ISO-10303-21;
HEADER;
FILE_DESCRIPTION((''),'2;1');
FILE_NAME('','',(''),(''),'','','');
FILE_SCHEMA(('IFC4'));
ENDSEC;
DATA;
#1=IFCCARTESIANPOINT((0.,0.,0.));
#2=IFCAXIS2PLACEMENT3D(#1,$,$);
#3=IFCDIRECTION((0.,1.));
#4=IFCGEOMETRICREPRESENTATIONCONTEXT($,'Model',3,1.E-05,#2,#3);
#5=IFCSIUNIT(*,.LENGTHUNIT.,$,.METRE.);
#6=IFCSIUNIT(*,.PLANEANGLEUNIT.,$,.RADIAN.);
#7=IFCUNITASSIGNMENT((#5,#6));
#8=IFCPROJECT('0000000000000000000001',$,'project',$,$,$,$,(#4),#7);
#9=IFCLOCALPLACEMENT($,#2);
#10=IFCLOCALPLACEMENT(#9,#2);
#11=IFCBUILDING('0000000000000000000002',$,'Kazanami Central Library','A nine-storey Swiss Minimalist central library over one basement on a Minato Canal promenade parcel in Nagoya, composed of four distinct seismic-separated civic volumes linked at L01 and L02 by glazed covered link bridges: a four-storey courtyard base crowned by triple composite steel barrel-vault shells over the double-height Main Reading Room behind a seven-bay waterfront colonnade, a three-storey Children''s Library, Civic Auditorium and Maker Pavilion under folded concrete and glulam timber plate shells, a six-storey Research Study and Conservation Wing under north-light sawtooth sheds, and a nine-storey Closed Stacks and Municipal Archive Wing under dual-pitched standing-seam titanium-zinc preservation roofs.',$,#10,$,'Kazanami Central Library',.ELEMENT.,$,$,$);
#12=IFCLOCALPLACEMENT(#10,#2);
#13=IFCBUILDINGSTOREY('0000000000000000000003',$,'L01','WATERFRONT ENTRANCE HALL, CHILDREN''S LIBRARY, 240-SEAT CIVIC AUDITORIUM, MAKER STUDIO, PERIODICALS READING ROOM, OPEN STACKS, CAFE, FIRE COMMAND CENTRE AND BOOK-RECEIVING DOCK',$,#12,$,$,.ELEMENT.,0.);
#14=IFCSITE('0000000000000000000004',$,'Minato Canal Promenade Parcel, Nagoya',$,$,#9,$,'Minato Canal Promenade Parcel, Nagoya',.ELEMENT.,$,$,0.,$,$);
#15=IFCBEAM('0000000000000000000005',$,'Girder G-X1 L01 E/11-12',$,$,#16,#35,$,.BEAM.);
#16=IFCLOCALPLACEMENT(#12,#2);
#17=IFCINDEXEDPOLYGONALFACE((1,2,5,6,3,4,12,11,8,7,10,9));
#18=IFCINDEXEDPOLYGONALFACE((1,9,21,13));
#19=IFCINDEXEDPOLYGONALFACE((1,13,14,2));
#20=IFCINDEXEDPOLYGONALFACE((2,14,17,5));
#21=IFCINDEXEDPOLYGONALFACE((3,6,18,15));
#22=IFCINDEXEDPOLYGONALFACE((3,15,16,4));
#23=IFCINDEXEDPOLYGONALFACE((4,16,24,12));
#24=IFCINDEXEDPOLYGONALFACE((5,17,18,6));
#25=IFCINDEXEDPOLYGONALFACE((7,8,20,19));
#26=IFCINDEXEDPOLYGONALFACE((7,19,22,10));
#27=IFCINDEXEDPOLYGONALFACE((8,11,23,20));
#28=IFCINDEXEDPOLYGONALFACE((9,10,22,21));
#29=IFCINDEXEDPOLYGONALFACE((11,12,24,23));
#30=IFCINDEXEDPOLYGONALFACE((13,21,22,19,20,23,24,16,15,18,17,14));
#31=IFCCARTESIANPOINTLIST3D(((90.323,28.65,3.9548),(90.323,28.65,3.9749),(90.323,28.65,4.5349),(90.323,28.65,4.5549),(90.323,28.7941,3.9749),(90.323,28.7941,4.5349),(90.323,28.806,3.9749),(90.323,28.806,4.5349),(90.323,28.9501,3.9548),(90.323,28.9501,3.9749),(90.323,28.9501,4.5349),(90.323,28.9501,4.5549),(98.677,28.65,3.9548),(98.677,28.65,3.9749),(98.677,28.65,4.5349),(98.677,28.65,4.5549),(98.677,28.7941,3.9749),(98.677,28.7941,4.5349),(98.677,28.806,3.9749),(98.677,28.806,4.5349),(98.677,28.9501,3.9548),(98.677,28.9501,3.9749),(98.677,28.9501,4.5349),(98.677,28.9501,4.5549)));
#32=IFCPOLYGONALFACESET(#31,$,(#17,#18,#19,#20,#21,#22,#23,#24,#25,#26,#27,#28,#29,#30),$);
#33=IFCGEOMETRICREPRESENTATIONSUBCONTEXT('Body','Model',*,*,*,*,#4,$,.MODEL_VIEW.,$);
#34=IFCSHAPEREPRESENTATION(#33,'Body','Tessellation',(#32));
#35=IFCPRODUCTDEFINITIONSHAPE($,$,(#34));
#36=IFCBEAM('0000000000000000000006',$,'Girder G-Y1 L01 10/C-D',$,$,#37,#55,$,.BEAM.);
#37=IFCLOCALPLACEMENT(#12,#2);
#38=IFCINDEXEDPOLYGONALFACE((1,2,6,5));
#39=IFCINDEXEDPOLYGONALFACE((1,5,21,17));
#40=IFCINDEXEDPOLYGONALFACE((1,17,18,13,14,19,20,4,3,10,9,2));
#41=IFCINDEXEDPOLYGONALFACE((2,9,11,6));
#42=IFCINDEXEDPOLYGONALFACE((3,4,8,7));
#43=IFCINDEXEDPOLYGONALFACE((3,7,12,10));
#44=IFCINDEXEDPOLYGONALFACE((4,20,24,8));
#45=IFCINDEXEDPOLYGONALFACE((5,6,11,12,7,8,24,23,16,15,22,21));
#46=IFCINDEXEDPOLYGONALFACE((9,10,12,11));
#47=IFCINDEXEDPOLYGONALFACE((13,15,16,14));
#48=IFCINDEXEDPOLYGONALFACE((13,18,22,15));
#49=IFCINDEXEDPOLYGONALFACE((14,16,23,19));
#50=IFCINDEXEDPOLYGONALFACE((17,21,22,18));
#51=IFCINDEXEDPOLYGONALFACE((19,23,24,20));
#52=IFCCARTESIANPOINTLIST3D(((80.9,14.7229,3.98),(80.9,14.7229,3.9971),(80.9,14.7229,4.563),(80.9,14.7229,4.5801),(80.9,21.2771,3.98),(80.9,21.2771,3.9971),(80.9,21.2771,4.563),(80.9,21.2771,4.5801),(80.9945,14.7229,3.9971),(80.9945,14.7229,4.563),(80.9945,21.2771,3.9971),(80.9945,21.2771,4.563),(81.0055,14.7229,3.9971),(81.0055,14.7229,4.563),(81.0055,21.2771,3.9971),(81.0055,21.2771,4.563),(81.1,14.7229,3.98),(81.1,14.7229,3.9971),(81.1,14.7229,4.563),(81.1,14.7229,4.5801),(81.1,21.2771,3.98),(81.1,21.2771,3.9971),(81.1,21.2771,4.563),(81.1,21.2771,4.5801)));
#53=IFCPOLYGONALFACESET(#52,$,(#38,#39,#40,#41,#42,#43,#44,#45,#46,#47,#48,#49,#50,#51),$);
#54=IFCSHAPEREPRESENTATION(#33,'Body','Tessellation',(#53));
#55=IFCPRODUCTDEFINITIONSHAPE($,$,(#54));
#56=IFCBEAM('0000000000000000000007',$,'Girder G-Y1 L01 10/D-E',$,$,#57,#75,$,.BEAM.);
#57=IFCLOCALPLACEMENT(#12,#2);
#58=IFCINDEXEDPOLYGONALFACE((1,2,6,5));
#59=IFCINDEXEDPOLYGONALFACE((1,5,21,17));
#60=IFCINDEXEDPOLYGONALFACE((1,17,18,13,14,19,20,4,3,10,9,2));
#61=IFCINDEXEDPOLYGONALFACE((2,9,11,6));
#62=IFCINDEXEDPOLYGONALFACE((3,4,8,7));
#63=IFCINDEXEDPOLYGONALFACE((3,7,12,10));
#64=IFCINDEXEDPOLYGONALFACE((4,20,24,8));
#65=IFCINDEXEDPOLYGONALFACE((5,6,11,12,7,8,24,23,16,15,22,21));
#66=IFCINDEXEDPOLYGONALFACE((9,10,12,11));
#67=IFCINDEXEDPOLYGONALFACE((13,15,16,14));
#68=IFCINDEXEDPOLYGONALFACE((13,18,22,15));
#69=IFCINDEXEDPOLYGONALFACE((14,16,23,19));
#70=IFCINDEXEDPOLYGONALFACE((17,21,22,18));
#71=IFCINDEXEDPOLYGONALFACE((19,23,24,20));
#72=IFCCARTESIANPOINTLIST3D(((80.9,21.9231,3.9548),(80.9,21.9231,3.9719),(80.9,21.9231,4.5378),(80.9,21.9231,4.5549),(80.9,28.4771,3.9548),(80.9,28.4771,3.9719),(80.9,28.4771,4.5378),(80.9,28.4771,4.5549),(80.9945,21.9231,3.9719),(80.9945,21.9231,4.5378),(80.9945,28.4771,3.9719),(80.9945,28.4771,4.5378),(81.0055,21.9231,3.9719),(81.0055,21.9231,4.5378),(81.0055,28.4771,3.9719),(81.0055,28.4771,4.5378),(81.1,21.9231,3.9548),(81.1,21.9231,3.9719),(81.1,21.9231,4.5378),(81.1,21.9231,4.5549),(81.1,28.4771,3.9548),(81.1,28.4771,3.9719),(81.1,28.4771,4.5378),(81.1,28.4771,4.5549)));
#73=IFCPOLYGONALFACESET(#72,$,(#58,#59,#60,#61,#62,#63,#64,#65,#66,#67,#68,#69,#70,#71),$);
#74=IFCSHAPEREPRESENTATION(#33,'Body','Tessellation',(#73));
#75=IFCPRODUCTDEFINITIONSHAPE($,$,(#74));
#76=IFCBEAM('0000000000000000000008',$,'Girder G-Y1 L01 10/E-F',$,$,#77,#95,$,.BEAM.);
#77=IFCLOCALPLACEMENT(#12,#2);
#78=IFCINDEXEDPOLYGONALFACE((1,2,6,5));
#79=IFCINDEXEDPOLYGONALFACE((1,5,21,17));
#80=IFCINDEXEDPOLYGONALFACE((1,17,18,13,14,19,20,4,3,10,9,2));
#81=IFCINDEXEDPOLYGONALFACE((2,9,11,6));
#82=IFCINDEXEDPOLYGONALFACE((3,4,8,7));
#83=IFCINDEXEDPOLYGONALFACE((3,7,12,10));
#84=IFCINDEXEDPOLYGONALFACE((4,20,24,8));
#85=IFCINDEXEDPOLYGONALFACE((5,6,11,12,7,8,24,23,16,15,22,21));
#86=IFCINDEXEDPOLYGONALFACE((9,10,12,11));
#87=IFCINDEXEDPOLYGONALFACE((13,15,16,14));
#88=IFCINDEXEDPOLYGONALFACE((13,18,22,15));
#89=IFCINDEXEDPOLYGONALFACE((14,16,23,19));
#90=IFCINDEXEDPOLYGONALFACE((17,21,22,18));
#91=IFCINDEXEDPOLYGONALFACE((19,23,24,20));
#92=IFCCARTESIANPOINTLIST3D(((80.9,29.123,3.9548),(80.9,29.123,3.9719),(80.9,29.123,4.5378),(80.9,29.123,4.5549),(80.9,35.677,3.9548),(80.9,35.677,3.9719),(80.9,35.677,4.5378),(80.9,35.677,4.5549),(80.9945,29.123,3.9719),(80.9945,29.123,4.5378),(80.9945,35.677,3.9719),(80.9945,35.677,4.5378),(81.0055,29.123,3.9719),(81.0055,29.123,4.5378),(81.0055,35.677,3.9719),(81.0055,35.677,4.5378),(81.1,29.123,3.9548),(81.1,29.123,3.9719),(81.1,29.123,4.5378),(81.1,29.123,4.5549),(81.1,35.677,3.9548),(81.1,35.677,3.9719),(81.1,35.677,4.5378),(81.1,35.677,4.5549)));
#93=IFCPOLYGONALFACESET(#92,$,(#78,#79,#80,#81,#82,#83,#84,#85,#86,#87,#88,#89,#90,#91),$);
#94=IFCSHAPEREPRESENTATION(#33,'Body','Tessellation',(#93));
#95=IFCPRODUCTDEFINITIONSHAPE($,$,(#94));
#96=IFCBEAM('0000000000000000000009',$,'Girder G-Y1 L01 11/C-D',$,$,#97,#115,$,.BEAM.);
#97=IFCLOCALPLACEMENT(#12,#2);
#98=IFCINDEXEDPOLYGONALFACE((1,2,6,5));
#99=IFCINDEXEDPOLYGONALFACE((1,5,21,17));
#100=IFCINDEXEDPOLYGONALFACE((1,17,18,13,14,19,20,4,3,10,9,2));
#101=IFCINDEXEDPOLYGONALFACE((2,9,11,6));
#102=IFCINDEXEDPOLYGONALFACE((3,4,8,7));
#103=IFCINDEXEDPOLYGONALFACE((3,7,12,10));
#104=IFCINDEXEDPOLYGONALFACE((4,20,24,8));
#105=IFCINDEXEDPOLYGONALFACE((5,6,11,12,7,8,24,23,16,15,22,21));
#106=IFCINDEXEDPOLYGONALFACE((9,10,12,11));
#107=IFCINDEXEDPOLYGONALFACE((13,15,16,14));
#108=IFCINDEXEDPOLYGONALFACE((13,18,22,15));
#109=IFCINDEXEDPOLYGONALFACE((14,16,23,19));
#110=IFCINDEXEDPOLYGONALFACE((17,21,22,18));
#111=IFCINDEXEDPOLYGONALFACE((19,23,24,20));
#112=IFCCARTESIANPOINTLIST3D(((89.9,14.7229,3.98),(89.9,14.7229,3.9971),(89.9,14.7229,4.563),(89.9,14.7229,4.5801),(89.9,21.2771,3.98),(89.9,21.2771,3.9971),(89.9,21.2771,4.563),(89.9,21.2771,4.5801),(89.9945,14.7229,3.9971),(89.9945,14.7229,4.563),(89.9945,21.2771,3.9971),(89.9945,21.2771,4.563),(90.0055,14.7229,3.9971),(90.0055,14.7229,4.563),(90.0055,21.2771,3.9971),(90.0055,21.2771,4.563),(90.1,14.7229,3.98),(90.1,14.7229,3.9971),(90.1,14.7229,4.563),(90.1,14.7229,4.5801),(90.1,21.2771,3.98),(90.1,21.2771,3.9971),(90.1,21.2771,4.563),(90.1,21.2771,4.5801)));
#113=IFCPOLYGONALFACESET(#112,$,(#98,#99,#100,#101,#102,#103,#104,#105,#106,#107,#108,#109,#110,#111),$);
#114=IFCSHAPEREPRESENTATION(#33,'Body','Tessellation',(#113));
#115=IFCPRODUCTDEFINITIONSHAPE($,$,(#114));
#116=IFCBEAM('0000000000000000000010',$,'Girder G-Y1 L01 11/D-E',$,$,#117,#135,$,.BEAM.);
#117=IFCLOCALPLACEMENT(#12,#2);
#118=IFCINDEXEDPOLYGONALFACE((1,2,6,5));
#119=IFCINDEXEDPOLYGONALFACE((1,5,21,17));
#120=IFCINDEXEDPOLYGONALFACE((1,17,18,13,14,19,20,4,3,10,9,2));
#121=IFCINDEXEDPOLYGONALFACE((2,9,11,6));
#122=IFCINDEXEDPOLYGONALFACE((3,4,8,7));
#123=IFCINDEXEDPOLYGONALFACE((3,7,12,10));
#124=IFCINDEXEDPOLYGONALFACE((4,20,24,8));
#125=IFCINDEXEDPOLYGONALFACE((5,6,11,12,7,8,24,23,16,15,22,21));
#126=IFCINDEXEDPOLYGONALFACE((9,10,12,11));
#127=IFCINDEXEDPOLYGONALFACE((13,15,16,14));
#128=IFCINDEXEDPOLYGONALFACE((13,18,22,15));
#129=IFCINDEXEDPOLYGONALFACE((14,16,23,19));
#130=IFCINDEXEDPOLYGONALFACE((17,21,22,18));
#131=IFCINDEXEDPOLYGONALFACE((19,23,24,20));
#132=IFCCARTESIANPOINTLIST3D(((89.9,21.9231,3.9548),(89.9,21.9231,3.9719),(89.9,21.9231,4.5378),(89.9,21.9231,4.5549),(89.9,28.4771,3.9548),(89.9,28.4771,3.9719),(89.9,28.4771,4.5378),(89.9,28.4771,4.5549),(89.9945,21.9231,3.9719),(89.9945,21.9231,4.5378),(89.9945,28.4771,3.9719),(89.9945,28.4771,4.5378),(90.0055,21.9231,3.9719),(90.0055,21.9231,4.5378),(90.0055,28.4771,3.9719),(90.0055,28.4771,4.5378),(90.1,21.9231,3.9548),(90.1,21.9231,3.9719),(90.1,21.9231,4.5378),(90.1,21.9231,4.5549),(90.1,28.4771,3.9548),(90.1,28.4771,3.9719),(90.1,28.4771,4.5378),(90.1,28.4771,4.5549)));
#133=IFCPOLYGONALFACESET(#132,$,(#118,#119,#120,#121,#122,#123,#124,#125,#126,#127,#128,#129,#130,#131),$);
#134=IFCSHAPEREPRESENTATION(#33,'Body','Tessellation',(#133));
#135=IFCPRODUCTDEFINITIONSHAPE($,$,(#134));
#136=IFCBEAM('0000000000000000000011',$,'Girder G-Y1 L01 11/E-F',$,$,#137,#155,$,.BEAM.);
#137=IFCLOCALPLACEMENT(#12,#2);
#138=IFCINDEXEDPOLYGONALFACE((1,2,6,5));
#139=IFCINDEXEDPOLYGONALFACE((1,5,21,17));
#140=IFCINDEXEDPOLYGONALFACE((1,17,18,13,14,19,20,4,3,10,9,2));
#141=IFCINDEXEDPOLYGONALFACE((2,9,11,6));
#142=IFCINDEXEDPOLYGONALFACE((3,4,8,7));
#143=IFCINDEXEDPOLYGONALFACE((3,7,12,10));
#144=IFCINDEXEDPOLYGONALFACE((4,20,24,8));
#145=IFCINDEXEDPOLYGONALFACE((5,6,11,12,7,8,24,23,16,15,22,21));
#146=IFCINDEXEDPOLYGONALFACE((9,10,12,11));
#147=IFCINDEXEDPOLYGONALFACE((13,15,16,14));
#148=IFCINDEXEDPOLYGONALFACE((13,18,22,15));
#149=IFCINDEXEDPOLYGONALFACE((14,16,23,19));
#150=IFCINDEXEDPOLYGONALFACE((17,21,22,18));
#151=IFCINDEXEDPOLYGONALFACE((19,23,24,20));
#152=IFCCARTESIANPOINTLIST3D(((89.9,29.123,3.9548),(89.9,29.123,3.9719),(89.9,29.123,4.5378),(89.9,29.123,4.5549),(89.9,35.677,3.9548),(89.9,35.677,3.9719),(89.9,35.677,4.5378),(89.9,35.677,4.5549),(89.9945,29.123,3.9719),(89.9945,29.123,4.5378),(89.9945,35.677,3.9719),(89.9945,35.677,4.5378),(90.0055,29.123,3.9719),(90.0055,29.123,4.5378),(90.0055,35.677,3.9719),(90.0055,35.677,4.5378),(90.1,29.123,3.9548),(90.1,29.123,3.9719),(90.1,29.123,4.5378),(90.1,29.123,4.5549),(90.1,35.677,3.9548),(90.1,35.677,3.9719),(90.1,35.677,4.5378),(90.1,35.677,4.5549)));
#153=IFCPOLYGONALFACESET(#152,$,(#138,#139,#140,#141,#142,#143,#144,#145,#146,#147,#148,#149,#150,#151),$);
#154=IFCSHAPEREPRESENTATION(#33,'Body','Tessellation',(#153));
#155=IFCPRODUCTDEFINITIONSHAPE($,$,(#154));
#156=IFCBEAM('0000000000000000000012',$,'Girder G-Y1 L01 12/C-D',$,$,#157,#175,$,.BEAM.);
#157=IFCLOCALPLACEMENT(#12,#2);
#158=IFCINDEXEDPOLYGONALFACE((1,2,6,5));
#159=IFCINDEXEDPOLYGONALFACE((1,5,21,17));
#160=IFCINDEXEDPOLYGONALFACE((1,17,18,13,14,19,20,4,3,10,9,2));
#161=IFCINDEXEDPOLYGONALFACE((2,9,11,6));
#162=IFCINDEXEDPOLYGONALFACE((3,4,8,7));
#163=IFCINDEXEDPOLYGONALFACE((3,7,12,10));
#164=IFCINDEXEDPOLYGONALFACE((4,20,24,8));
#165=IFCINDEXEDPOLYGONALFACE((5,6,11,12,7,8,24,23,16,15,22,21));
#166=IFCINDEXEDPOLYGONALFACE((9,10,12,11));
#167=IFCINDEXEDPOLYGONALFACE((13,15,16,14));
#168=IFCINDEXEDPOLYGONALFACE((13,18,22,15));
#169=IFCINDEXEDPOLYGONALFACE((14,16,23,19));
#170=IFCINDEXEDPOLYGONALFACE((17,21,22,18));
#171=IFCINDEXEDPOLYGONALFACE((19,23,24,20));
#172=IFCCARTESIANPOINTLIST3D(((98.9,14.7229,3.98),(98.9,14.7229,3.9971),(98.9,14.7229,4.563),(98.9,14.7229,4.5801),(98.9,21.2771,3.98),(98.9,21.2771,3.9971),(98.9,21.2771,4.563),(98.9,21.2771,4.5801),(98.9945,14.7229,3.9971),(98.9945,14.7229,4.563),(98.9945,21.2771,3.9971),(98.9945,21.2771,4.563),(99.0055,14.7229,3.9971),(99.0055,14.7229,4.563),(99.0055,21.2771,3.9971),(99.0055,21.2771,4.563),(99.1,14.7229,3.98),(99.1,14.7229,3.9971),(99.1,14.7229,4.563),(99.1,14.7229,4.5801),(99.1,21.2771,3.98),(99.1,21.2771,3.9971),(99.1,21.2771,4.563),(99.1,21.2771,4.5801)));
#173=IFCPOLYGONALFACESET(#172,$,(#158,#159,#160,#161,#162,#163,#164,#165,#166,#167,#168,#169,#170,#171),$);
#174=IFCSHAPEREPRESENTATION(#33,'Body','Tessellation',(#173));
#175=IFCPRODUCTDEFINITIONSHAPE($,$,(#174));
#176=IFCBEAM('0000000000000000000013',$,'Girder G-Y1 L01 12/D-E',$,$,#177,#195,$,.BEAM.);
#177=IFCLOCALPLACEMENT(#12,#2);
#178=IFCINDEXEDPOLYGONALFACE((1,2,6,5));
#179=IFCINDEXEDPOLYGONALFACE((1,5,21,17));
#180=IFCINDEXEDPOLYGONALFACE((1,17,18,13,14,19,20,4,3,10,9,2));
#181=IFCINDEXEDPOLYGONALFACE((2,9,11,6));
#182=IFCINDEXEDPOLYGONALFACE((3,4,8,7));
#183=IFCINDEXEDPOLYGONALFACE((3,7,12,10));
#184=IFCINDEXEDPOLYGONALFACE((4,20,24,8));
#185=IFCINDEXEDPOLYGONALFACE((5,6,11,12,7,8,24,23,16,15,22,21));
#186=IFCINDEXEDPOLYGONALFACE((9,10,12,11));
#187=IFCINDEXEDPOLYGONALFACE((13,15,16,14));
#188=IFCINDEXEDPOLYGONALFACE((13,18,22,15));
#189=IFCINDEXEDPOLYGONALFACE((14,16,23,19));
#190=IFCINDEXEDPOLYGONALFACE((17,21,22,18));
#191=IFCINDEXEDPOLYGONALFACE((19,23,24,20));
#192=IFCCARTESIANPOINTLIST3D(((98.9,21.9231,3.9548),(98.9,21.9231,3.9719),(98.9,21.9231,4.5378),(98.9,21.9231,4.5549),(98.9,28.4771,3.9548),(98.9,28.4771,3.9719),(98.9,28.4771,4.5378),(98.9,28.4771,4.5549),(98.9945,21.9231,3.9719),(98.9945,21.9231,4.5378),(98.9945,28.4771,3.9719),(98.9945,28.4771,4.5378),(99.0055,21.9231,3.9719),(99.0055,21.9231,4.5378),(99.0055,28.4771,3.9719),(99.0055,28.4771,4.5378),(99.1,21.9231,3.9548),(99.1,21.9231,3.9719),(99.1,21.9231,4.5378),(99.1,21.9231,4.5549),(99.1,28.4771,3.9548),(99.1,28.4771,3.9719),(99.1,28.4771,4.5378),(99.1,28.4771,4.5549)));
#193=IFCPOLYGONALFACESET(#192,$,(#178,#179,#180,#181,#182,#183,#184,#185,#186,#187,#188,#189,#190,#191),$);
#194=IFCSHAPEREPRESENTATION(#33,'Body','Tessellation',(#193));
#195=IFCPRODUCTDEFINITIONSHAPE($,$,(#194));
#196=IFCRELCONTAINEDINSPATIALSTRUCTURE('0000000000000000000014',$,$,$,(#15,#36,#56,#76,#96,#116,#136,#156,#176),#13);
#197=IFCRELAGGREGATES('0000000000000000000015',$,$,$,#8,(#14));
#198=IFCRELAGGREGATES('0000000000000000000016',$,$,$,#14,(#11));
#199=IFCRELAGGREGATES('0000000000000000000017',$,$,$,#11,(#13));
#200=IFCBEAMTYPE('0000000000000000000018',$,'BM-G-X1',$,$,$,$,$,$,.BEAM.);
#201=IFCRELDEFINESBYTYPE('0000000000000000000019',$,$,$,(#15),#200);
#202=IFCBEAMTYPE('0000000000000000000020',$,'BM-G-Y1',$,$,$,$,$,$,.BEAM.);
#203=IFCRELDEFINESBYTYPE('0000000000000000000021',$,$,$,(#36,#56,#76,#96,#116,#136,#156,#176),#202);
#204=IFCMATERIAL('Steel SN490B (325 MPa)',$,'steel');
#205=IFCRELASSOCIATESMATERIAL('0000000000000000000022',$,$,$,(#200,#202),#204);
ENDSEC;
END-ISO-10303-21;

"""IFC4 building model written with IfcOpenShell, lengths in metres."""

from ifc_helpers import new_model, si_unit, direction, frame, origin, origin_2d, place, context, subcontext, project, spatial, i_section, extrude, material, material_profile, profile_set, type_object, element, save


model = new_model("IFC4")

# Units and contexts
model_context = context("Model", 3, precision=1e-05, world=origin(), true_north=direction((0.0, 1.0)))
body_context = subcontext(model_context, "Body", "Model", "MODEL_VIEW")
ifc_project = project(units=[si_unit("LENGTHUNIT", "METRE"), si_unit("PLANEANGLEUNIT", "RADIAN")], contexts=[model_context])

# Site, building, storey
site_placement = place(None, origin())
site = spatial("IfcSite", under=ifc_project, at=site_placement, Name="Minato Canal Promenade Parcel, Nagoya", LongName="Minato Canal Promenade Parcel, Nagoya", CompositionType="ELEMENT", RefElevation=0.0)
building_placement = place(site_placement, origin())
building = spatial("IfcBuilding", under=site, at=building_placement, Name="Kazanami Central Library", Description="A nine-storey Swiss Minimalist central library over one basement on a Minato Canal promenade parcel in Nagoya, composed of four distinct seismic-separated civic volumes linked at L01 and L02 by glazed covered link bridges: a four-storey courtyard base crowned by triple composite steel barrel-vault shells over the double-height Main Reading Room behind a seven-bay waterfront colonnade, a three-storey Children's Library, Civic Auditorium and Maker Pavilion under folded concrete and glulam timber plate shells, a six-storey Research Study and Conservation Wing under north-light sawtooth sheds, and a nine-storey Closed Stacks and Municipal Archive Wing under dual-pitched standing-seam titanium-zinc preservation roofs.", LongName="Kazanami Central Library", CompositionType="ELEMENT")
storey_placement = place(building_placement, origin())
storey = spatial("IfcBuildingStorey", under=building, at=storey_placement, Name="L01", Description="WATERFRONT ENTRANCE HALL, CHILDREN'S LIBRARY, 240-SEAT CIVIC AUDITORIUM, MAKER STUDIO, PERIODICALS READING ROOM, OPEN STACKS, CAFE, FIRE COMMAND CENTRE AND BOOK-RECEIVING DOCK", CompositionType="ELEMENT", Elevation=0.0)

# Beams
ifc_material_1 = material(Name="Steel SN490B (325 MPa)", Category="steel")
ifc_material_profile_1 = material_profile(ifc_material_1, i_section(OverallWidth=0.3, OverallDepth=0.6001, WebThickness=0.012, FlangeThickness=0.02, at=origin_2d()), Name="H-600x300x12x20")
ifc_profile_set_1 = profile_set([ifc_material_profile_1], Name="Steel SN490B (325 MPa)")
beam_type_1 = type_object("IfcBeamType", Name="BM-G-X1", PredefinedType="BEAM", material=ifc_profile_set_1)
for number, where, z_axis, x_axis, name in (
    (1, (90.323, 28.8, 4.2549), (1.0, 0.0, 0.0), (0.0, 1.0, 0.0), "Girder G-X1 L01 E/11-12"),
):
    element("IfcBeam", number, at=place(storey_placement, frame(where, z_axis=z_axis, x_axis=x_axis)), inside=storey, type_object=beam_type_1, Name=name, PredefinedType="BEAM", context=body_context, shape_type="SweptSolid", body=[
        extrude(i_section(OverallWidth=0.3, OverallDepth=0.6001, WebThickness=0.012, FlangeThickness=0.02, at=origin_2d()), origin(), (0.0, 0.0, 1.0), 8.354),
    ])
ifc_material_profile_2 = material_profile(ifc_material_1, i_section(OverallWidth=0.2, OverallDepth=0.6001, WebThickness=0.011, FlangeThickness=0.0171, at=origin_2d()), Name="H-600x200x11x17")
ifc_profile_set_2 = profile_set([ifc_material_profile_2], Name="Steel SN490B (325 MPa)")
beam_type_2 = type_object("IfcBeamType", Name="BM-G-Y1", PredefinedType="BEAM", material=ifc_profile_set_2)
beam_1_placement = place(storey_placement, frame((81.0, 14.7229, 4.28), z_axis=(0.0, 1.0, 0.0), x_axis=(-1.0, 0.0, 0.0)))
element("IfcBeam", 2, at=beam_1_placement, inside=storey, type_object=beam_type_2, Name="Girder G-Y1 L01 10/C-D", PredefinedType="BEAM", context=body_context, shape_type="SweptSolid", body=[
    extrude(i_section(OverallWidth=0.2, OverallDepth=0.6001, WebThickness=0.011, FlangeThickness=0.0171, at=origin_2d()), origin(), (0.0, 0.0, 1.0), 6.5542),
])
for number, where, z_axis, x_axis, name in (
    (3, (81.0, 21.9231, 4.2549), (0.0, 1.0, 0.0), (-1.0, 0.0, 0.0), "Girder G-Y1 L01 10/D-E"),
    (4, (81.0, 29.123, 4.2549), (0.0, 1.0, 0.0), (-1.0, 0.0, 0.0), "Girder G-Y1 L01 10/E-F"),
):
    element("IfcBeam", number, at=place(storey_placement, frame(where, z_axis=z_axis, x_axis=x_axis)), inside=storey, type_object=beam_type_2, Name=name, PredefinedType="BEAM", context=body_context, shape_type="SweptSolid", body=[
        extrude(i_section(OverallWidth=0.2, OverallDepth=0.6001, WebThickness=0.011, FlangeThickness=0.0171, at=origin_2d()), origin(), (0.0, 0.0, 1.0), 6.554),
    ])
beam_2_placement = place(storey_placement, frame((90.0, 14.7229, 4.28), z_axis=(0.0, 1.0, 0.0), x_axis=(-1.0, 0.0, 0.0)))
element("IfcBeam", 5, at=beam_2_placement, inside=storey, type_object=beam_type_2, Name="Girder G-Y1 L01 11/C-D", PredefinedType="BEAM", context=body_context, shape_type="SweptSolid", body=[
    extrude(i_section(OverallWidth=0.2, OverallDepth=0.6001, WebThickness=0.011, FlangeThickness=0.0171, at=origin_2d()), origin(), (0.0, 0.0, 1.0), 6.5542),
])
for number, where, z_axis, x_axis, name in (
    (6, (90.0, 21.9231, 4.2549), (0.0, 1.0, 0.0), (-1.0, 0.0, 0.0), "Girder G-Y1 L01 11/D-E"),
    (7, (90.0, 29.123, 4.2549), (0.0, 1.0, 0.0), (-1.0, 0.0, 0.0), "Girder G-Y1 L01 11/E-F"),
):
    element("IfcBeam", number, at=place(storey_placement, frame(where, z_axis=z_axis, x_axis=x_axis)), inside=storey, type_object=beam_type_2, Name=name, PredefinedType="BEAM", context=body_context, shape_type="SweptSolid", body=[
        extrude(i_section(OverallWidth=0.2, OverallDepth=0.6001, WebThickness=0.011, FlangeThickness=0.0171, at=origin_2d()), origin(), (0.0, 0.0, 1.0), 6.554),
    ])
beam_3_placement = place(storey_placement, frame((99.0, 14.7229, 4.28), z_axis=(0.0, 1.0, 0.0), x_axis=(-1.0, 0.0, 0.0)))
element("IfcBeam", 8, at=beam_3_placement, inside=storey, type_object=beam_type_2, Name="Girder G-Y1 L01 12/C-D", PredefinedType="BEAM", context=body_context, shape_type="SweptSolid", body=[
    extrude(i_section(OverallWidth=0.2, OverallDepth=0.6001, WebThickness=0.011, FlangeThickness=0.0171, at=origin_2d()), origin(), (0.0, 0.0, 1.0), 6.5542),
])
for number, where, z_axis, x_axis, name in (
    (9, (99.0, 21.9231, 4.2549), (0.0, 1.0, 0.0), (-1.0, 0.0, 0.0), "Girder G-Y1 L01 12/D-E"),
):
    element("IfcBeam", number, at=place(storey_placement, frame(where, z_axis=z_axis, x_axis=x_axis)), inside=storey, type_object=beam_type_2, Name=name, PredefinedType="BEAM", context=body_context, shape_type="SweptSolid", body=[
        extrude(i_section(OverallWidth=0.2, OverallDepth=0.6001, WebThickness=0.011, FlangeThickness=0.0171, at=origin_2d()), origin(), (0.0, 0.0, 1.0), 6.554),
    ])

save(model, "model.ifc")
